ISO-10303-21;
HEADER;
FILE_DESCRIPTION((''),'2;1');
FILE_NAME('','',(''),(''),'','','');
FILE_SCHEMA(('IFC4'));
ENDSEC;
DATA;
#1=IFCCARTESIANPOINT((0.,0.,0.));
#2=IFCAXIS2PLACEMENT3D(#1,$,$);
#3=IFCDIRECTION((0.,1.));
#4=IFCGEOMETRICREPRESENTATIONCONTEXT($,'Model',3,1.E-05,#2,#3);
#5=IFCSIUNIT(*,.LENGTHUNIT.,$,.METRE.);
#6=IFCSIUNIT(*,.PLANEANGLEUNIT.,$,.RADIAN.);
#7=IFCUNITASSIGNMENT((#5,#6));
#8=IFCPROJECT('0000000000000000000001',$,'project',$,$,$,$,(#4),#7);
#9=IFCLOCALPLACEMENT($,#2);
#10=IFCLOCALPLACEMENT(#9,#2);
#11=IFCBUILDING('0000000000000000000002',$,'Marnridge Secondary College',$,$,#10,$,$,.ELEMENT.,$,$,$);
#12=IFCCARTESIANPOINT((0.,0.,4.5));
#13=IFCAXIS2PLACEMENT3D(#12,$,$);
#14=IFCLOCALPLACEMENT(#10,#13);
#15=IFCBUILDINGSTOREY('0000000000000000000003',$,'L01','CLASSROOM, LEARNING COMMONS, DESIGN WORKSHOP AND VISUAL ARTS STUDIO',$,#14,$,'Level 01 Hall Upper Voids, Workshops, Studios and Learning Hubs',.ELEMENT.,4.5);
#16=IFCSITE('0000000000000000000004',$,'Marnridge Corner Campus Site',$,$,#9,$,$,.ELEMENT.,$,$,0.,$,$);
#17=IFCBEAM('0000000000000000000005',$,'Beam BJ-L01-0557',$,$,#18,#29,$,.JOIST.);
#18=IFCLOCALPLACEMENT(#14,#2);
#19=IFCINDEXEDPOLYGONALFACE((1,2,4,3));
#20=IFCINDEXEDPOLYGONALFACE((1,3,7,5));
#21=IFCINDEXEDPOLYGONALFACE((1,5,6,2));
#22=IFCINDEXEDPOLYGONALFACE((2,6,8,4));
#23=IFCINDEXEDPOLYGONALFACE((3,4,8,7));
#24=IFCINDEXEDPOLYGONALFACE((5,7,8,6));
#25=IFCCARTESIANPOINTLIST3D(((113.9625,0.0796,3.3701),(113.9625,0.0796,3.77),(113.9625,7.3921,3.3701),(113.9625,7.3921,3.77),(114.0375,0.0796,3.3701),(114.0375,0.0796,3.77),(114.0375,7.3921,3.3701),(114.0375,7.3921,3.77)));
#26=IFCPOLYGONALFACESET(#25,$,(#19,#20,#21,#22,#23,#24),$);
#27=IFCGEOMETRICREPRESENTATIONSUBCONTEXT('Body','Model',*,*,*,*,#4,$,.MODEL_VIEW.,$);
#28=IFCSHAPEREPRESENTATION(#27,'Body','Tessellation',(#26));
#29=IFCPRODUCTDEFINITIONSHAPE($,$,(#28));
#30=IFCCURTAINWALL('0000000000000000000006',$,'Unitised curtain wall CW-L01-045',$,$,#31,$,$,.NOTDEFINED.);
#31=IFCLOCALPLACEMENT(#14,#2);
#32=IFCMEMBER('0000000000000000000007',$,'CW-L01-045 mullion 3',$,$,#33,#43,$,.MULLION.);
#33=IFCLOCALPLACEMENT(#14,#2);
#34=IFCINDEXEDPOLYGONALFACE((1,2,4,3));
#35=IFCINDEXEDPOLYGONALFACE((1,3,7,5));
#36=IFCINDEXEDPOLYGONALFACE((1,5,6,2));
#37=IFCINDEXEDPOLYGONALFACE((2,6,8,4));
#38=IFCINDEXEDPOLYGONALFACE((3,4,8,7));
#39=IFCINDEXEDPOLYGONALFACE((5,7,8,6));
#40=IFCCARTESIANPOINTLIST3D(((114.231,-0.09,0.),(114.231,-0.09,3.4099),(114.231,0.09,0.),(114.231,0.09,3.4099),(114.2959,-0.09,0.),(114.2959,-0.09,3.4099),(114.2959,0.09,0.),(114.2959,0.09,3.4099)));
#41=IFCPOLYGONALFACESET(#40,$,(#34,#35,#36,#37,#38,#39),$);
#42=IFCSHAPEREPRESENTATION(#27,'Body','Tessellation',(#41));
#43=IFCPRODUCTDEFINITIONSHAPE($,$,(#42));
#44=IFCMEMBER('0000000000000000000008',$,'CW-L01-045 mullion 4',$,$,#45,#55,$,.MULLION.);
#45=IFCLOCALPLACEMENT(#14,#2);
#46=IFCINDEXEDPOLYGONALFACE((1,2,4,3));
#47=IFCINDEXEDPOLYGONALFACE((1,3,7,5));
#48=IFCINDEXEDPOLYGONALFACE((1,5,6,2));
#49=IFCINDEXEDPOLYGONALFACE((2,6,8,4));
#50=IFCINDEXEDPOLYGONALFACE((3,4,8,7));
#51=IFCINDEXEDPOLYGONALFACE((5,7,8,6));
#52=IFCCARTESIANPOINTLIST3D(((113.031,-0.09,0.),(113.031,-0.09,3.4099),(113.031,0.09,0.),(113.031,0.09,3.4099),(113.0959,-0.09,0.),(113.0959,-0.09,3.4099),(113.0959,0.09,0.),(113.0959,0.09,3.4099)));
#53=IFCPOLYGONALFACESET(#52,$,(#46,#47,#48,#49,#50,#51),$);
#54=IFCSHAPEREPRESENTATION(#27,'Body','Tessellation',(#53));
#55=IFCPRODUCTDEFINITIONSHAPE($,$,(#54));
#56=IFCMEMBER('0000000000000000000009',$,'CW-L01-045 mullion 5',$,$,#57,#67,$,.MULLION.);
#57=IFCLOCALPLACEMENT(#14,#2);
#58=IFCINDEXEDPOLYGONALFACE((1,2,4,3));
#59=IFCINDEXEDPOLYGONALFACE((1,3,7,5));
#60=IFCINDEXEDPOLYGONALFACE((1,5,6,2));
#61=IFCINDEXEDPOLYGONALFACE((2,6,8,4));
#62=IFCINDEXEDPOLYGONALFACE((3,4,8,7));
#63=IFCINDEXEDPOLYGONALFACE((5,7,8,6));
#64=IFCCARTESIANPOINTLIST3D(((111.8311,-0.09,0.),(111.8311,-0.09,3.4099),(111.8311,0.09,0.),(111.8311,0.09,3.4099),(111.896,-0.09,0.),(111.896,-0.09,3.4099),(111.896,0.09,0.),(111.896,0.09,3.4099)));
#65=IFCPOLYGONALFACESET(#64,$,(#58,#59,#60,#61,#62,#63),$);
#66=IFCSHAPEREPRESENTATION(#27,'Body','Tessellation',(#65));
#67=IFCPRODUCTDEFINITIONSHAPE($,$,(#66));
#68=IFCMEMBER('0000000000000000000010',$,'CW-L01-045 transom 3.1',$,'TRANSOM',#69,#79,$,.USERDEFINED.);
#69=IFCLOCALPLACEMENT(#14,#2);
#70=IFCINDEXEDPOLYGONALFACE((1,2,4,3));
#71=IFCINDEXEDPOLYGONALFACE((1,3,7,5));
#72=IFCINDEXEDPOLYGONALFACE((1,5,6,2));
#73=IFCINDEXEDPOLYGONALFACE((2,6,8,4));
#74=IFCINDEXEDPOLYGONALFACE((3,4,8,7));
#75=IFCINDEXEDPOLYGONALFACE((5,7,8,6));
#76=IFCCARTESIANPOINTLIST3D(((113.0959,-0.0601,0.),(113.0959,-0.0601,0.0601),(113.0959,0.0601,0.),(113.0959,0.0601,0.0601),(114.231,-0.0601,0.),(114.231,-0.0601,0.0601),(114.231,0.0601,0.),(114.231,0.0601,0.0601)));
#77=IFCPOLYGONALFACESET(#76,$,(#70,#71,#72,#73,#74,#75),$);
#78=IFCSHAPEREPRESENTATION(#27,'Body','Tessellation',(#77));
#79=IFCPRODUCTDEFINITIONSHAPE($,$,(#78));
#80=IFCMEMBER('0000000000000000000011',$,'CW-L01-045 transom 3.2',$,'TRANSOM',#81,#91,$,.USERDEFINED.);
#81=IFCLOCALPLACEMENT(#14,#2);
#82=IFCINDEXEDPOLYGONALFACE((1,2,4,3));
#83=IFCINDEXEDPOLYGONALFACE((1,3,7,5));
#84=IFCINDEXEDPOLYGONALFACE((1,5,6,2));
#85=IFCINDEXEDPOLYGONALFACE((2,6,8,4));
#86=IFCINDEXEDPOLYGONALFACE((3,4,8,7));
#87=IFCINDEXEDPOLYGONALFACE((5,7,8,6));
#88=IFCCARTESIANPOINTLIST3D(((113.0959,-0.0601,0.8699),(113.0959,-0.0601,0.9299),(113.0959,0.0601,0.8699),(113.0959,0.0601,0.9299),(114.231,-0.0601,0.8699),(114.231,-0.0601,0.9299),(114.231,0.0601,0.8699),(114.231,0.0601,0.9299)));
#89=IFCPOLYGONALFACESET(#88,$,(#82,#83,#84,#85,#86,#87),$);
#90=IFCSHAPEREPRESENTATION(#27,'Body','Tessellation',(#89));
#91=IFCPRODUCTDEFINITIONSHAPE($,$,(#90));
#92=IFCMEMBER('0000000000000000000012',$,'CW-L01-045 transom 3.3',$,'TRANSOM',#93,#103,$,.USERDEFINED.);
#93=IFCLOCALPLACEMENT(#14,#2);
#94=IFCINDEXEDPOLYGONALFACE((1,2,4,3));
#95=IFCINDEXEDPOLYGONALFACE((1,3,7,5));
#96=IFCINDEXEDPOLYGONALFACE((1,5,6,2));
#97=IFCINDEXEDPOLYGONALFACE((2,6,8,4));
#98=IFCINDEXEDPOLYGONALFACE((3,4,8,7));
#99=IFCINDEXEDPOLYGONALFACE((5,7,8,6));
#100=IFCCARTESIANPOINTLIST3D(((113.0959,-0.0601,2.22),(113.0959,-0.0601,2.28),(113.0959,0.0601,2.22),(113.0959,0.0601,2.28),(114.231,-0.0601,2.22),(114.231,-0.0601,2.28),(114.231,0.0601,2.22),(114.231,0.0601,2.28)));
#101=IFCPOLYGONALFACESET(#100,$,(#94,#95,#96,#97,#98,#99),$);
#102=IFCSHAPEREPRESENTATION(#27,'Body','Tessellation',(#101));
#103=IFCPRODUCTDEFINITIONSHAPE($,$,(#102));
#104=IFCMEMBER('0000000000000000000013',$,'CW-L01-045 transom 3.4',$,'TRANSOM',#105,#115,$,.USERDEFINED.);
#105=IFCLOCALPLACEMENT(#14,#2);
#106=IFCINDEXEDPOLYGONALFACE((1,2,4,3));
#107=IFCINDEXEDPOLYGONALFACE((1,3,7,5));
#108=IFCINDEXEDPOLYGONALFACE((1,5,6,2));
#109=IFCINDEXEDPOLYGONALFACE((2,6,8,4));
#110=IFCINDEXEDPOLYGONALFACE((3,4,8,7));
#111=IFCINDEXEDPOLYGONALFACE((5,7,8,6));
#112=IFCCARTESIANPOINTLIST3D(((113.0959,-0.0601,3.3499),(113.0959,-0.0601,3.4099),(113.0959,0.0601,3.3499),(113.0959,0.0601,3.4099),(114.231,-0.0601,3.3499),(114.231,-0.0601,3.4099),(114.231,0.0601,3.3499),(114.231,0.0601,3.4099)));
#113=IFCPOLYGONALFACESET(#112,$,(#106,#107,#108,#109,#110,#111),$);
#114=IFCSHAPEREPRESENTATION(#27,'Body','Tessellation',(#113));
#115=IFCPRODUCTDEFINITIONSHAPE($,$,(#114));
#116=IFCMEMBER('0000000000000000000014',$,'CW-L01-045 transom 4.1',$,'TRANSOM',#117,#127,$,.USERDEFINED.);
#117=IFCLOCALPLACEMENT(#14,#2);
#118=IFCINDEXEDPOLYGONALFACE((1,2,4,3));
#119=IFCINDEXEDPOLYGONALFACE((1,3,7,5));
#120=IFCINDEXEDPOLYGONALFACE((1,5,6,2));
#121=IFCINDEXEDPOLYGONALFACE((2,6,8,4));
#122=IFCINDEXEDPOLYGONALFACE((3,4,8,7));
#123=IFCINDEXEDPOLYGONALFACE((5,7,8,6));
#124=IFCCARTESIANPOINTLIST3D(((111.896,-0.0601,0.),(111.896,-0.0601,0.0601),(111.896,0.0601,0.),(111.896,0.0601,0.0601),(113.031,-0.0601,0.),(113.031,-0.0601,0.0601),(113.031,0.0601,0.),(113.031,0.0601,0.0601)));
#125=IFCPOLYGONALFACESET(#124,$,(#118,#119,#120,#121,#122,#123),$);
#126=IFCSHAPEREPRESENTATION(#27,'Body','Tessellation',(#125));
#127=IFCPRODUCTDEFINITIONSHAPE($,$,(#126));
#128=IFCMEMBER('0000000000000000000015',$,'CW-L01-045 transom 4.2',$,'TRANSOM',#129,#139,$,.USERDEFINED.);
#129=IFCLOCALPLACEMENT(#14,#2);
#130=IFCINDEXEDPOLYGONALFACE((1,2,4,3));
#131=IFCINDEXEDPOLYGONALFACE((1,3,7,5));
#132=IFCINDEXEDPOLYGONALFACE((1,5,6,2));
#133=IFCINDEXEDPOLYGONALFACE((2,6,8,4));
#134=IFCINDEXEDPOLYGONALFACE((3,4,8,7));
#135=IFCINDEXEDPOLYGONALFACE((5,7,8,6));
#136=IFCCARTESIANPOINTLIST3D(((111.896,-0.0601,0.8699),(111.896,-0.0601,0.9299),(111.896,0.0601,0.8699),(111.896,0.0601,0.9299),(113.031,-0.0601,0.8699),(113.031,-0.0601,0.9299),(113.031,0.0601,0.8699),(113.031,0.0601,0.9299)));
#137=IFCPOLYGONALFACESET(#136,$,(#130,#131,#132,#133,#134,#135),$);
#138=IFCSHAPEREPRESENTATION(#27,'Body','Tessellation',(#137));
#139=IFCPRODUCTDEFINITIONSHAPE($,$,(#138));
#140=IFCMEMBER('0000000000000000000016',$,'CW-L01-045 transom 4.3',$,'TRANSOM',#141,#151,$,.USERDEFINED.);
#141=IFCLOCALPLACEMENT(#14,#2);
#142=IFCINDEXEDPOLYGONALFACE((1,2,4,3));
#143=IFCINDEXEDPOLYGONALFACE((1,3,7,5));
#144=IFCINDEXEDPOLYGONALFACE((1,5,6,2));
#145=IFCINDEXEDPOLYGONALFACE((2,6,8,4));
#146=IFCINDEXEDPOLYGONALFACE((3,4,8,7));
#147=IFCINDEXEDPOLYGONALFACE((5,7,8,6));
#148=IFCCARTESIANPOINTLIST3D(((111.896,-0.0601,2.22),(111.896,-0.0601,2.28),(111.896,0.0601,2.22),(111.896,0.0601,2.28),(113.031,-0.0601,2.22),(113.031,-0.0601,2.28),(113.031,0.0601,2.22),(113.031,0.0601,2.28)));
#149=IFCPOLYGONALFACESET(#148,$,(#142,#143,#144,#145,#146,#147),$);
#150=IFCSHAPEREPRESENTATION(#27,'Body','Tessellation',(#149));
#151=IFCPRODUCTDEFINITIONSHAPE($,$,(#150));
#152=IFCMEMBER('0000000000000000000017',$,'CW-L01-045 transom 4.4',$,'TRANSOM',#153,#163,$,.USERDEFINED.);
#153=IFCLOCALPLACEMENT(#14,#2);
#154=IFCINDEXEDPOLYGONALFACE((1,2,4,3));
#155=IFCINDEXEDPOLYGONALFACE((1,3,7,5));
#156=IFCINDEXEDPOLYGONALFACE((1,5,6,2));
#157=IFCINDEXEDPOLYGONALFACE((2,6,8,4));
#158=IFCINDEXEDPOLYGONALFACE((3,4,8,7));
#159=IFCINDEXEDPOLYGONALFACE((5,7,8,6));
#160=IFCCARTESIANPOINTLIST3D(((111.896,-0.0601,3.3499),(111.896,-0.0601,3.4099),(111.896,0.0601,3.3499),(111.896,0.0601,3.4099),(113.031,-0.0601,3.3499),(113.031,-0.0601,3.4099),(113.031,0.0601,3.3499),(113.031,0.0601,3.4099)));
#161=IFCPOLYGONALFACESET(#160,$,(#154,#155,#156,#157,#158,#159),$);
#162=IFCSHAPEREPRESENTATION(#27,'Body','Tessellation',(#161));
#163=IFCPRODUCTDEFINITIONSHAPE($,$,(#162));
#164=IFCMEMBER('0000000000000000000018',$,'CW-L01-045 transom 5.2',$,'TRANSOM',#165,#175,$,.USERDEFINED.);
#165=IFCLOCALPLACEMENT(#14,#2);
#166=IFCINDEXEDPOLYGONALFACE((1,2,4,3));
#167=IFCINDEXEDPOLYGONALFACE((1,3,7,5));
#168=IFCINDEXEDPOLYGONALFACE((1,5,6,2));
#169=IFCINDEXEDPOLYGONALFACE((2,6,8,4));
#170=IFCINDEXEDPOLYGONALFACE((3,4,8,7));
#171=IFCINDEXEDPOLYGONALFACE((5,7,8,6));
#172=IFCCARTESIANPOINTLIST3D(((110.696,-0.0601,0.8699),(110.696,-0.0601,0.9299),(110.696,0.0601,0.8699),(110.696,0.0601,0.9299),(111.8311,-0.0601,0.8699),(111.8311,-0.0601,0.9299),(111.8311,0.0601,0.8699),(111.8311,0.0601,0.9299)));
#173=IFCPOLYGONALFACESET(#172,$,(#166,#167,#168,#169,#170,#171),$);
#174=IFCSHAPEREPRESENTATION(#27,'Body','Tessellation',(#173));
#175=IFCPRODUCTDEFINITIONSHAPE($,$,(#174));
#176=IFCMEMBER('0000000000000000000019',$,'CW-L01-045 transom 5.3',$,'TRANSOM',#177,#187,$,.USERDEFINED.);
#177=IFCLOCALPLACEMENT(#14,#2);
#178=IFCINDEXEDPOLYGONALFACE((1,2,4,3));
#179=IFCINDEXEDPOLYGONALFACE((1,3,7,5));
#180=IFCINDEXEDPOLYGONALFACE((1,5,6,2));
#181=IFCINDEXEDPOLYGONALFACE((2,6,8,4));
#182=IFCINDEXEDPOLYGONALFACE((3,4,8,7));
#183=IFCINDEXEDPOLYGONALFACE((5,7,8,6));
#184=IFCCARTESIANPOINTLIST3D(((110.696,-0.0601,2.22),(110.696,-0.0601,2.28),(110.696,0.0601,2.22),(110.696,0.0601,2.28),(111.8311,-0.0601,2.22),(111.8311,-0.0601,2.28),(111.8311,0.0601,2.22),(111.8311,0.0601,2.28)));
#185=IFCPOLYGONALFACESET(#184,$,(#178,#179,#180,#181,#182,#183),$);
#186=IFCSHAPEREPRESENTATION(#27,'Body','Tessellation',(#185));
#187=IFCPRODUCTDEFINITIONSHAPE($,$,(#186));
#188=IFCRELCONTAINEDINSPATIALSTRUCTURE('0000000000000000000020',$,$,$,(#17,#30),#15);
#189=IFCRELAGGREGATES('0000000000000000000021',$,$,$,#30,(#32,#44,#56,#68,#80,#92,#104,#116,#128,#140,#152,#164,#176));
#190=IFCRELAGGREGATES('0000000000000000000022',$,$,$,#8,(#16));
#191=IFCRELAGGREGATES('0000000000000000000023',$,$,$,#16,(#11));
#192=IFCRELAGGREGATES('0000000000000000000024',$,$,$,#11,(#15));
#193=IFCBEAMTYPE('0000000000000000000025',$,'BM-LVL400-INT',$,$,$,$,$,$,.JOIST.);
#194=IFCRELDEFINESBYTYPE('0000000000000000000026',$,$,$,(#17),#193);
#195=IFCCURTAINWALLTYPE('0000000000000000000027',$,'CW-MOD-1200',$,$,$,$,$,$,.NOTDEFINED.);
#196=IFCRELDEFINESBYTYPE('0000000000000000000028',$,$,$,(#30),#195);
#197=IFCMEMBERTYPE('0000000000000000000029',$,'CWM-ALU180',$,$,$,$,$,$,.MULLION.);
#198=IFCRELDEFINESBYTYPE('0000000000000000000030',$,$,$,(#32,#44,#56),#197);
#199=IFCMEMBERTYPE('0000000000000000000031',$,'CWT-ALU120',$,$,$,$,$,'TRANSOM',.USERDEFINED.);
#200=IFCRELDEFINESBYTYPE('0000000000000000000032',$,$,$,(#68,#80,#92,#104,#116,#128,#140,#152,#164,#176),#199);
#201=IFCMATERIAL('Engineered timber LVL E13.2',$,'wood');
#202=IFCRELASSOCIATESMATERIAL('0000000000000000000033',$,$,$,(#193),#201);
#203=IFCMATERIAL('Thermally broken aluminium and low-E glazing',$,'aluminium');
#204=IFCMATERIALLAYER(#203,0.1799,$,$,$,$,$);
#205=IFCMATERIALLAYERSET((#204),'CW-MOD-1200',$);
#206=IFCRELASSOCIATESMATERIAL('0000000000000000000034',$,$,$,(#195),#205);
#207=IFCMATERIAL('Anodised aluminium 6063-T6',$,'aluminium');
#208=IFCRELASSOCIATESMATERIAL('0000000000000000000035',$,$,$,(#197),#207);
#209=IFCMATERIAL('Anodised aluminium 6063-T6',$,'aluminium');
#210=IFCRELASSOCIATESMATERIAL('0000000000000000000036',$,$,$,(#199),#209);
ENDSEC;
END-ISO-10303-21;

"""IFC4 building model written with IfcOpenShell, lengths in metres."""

from ifc_helpers import new_model, si_unit, direction, frame, origin, origin_2d, place, context, subcontext, project, spatial, rectangle, extrude, material, layer, layer_set, material_profile, profile_set, type_object, element, aggregate, save


model = new_model("IFC4")

# Units and contexts
model_context = context("Model", 3, precision=1e-05, world=origin(), true_north=direction((0.0, 1.0)))
body_context = subcontext(model_context, "Body", "Model", "MODEL_VIEW")
ifc_project = project(units=[si_unit("LENGTHUNIT", "METRE"), si_unit("PLANEANGLEUNIT", "RADIAN")], contexts=[model_context])

# Site, building, storey
site_placement = place(None, origin())
site = spatial("IfcSite", under=ifc_project, at=site_placement, Name="Marnridge Corner Campus Site", CompositionType="ELEMENT", RefElevation=0.0)
building_placement = place(site_placement, origin())
building = spatial("IfcBuilding", under=site, at=building_placement, Name="Marnridge Secondary College", CompositionType="ELEMENT")
storey_placement = place(building_placement, frame((0.0, 0.0, 4.5)))
storey = spatial("IfcBuildingStorey", under=building, at=storey_placement, Name="L01", Description="CLASSROOM, LEARNING COMMONS, DESIGN WORKSHOP AND VISUAL ARTS STUDIO", LongName="Level 01 Hall Upper Voids, Workshops, Studios and Learning Hubs", CompositionType="ELEMENT", Elevation=4.5)

# Beam
ifc_material_1 = material(Name="Engineered timber LVL E13.2", Category="wood")
ifc_material_profile_1 = material_profile(ifc_material_1, rectangle(XDim=0.075, YDim=0.3999, at=origin_2d()), Name="LVL 75x400")
ifc_profile_set_1 = profile_set([ifc_material_profile_1], Name="Engineered timber LVL E13.2")
beam_type = type_object("IfcBeamType", Name="BM-LVL400-INT", PredefinedType="JOIST", material=ifc_profile_set_1)
beam_placement = place(storey_placement, frame((114.0, 0.0796, 3.5701), z_axis=(0.0, 1.0, 0.0), x_axis=(-1.0, 0.0, 0.0)))
element("IfcBeam", 1, at=beam_placement, inside=storey, type_object=beam_type, Name="Beam BJ-L01-0557", PredefinedType="JOIST", context=body_context, shape_type="SweptSolid", body=[
    extrude(rectangle(XDim=0.075, YDim=0.3999, at=origin_2d()), origin(), (0.0, 0.0, 1.0), 7.3125),
])

# Curtain wall, members
ifc_material_2 = material(Name="Thermally broken aluminium and low-E glazing", Category="aluminium")
ifc_layer_1 = layer(ifc_material_2, 0.1799)
ifc_layer_set_1 = layer_set([ifc_layer_1], Name="CW-MOD-1200")
curtain_wall_type = type_object("IfcCurtainWallType", Name="CW-MOD-1200", PredefinedType="NOTDEFINED", material=ifc_layer_set_1)
curtain_wall_placement = place(storey_placement, origin())
curtain_wall = element("IfcCurtainWall", 2, at=curtain_wall_placement, inside=storey, type_object=curtain_wall_type, Name="Unitised curtain wall CW-L01-045", PredefinedType="NOTDEFINED")
ifc_material_3 = material(Name="Anodised aluminium 6063-T6", Category="aluminium")
ifc_material_profile_2 = material_profile(ifc_material_3, rectangle(XDim=0.0649, YDim=0.1799, at=origin_2d()), Name="ALU 65x180")
ifc_profile_set_2 = profile_set([ifc_material_profile_2], Name="Anodised aluminium 6063-T6")
member_type_1 = type_object("IfcMemberType", Name="CWM-ALU180", PredefinedType="MULLION", material=ifc_profile_set_2)
member_1_placement = place(storey_placement, frame((114.2634, 0.0, 0.0), z_axis=(0.0, 0.0, 1.0), x_axis=(-1.0, 0.0, 0.0)))
member_1 = element("IfcMember", 3, at=member_1_placement, type_object=member_type_1, Name="CW-L01-045 mullion 3", PredefinedType="MULLION", context=body_context, shape_type="SweptSolid", body=[
    extrude(rectangle(XDim=0.0649, YDim=0.1799, at=origin_2d()), origin(), (0.0, 0.0, 1.0), 3.4099),
])
member_2_placement = place(storey_placement, frame((113.0635, 0.0, 0.0), z_axis=(0.0, 0.0, 1.0), x_axis=(-1.0, 0.0, 0.0)))
member_2 = element("IfcMember", 4, at=member_2_placement, type_object=member_type_1, Name="CW-L01-045 mullion 4", PredefinedType="MULLION", context=body_context, shape_type="SweptSolid", body=[
    extrude(rectangle(XDim=0.0649, YDim=0.1799, at=origin_2d()), origin(), (0.0, 0.0, 1.0), 3.4099),
])
member_3_placement = place(storey_placement, frame((111.8635, 0.0, 0.0), z_axis=(0.0, 0.0, 1.0), x_axis=(-1.0, 0.0, 0.0)))
member_3 = element("IfcMember", 5, at=member_3_placement, type_object=member_type_1, Name="CW-L01-045 mullion 5", PredefinedType="MULLION", context=body_context, shape_type="SweptSolid", body=[
    extrude(rectangle(XDim=0.0649, YDim=0.1799, at=origin_2d()), origin(), (0.0, 0.0, 1.0), 3.4099),
])
ifc_material_4 = material(Name="Anodised aluminium 6063-T6", Category="aluminium")
ifc_material_profile_3 = material_profile(ifc_material_4, rectangle(XDim=0.0601, YDim=0.1201, at=origin_2d()), Name="ALU 60x120")
ifc_profile_set_3 = profile_set([ifc_material_profile_3], Name="Anodised aluminium 6063-T6")
member_type_2 = type_object("IfcMemberType", Name="CWT-ALU120", ElementType="TRANSOM", PredefinedType="USERDEFINED", material=ifc_profile_set_3)
member_4_placement = place(storey_placement, frame((114.231, 0.0, 0.03), z_axis=(-1.0, 0.0, 0.0), x_axis=(0.0, 0.0, 1.0)))
member_4 = element("IfcMember", 6, at=member_4_placement, type_object=member_type_2, Name="CW-L01-045 transom 3.1", ObjectType="TRANSOM", PredefinedType="USERDEFINED", context=body_context, shape_type="SweptSolid", body=[
    extrude(rectangle(XDim=0.0601, YDim=0.1201, at=origin_2d()), origin(), (0.0, 0.0, 1.0), 1.135),
])
member_5_placement = place(storey_placement, frame((114.231, 0.0, 0.8999), z_axis=(-1.0, 0.0, 0.0), x_axis=(0.0, 0.0, 1.0)))
member_5 = element("IfcMember", 7, at=member_5_placement, type_object=member_type_2, Name="CW-L01-045 transom 3.2", ObjectType="TRANSOM", PredefinedType="USERDEFINED", context=body_context, shape_type="SweptSolid", body=[
    extrude(rectangle(XDim=0.0601, YDim=0.1201, at=origin_2d()), origin(), (0.0, 0.0, 1.0), 1.135),
])
member_6_placement = place(storey_placement, frame((114.231, 0.0, 2.25), z_axis=(-1.0, 0.0, 0.0), x_axis=(0.0, 0.0, 1.0)))
member_6 = element("IfcMember", 8, at=member_6_placement, type_object=member_type_2, Name="CW-L01-045 transom 3.3", ObjectType="TRANSOM", PredefinedType="USERDEFINED", context=body_context, shape_type="SweptSolid", body=[
    extrude(rectangle(XDim=0.0601, YDim=0.1201, at=origin_2d()), origin(), (0.0, 0.0, 1.0), 1.135),
])
member_7_placement = place(storey_placement, frame((114.231, 0.0, 3.3799), z_axis=(-1.0, 0.0, 0.0), x_axis=(0.0, 0.0, 1.0)))
member_7 = element("IfcMember", 9, at=member_7_placement, type_object=member_type_2, Name="CW-L01-045 transom 3.4", ObjectType="TRANSOM", PredefinedType="USERDEFINED", context=body_context, shape_type="SweptSolid", body=[
    extrude(rectangle(XDim=0.0601, YDim=0.1201, at=origin_2d()), origin(), (0.0, 0.0, 1.0), 1.135),
])
member_8_placement = place(storey_placement, frame((113.031, 0.0, 0.03), z_axis=(-1.0, 0.0, 0.0), x_axis=(0.0, 0.0, 1.0)))
member_8 = element("IfcMember", 10, at=member_8_placement, type_object=member_type_2, Name="CW-L01-045 transom 4.1", ObjectType="TRANSOM", PredefinedType="USERDEFINED", context=body_context, shape_type="SweptSolid", body=[
    extrude(rectangle(XDim=0.0601, YDim=0.1201, at=origin_2d()), origin(), (0.0, 0.0, 1.0), 1.135),
])
member_9_placement = place(storey_placement, frame((113.031, 0.0, 0.8999), z_axis=(-1.0, 0.0, 0.0), x_axis=(0.0, 0.0, 1.0)))
member_9 = element("IfcMember", 11, at=member_9_placement, type_object=member_type_2, Name="CW-L01-045 transom 4.2", ObjectType="TRANSOM", PredefinedType="USERDEFINED", context=body_context, shape_type="SweptSolid", body=[
    extrude(rectangle(XDim=0.0601, YDim=0.1201, at=origin_2d()), origin(), (0.0, 0.0, 1.0), 1.135),
])
member_10_placement = place(storey_placement, frame((113.031, 0.0, 2.25), z_axis=(-1.0, 0.0, 0.0), x_axis=(0.0, 0.0, 1.0)))
member_10 = element("IfcMember", 12, at=member_10_placement, type_object=member_type_2, Name="CW-L01-045 transom 4.3", ObjectType="TRANSOM", PredefinedType="USERDEFINED", context=body_context, shape_type="SweptSolid", body=[
    extrude(rectangle(XDim=0.0601, YDim=0.1201, at=origin_2d()), origin(), (0.0, 0.0, 1.0), 1.135),
])
member_11_placement = place(storey_placement, frame((113.031, 0.0, 3.3799), z_axis=(-1.0, 0.0, 0.0), x_axis=(0.0, 0.0, 1.0)))
member_11 = element("IfcMember", 13, at=member_11_placement, type_object=member_type_2, Name="CW-L01-045 transom 4.4", ObjectType="TRANSOM", PredefinedType="USERDEFINED", context=body_context, shape_type="SweptSolid", body=[
    extrude(rectangle(XDim=0.0601, YDim=0.1201, at=origin_2d()), origin(), (0.0, 0.0, 1.0), 1.135),
])
member_12_placement = place(storey_placement, frame((111.8311, 0.0, 0.8999), z_axis=(-1.0, 0.0, 0.0), x_axis=(0.0, 0.0, 1.0)))
member_12 = element("IfcMember", 14, at=member_12_placement, type_object=member_type_2, Name="CW-L01-045 transom 5.2", ObjectType="TRANSOM", PredefinedType="USERDEFINED", context=body_context, shape_type="SweptSolid", body=[
    extrude(rectangle(XDim=0.0601, YDim=0.1201, at=origin_2d()), origin(), (0.0, 0.0, 1.0), 1.135),
])
member_13_placement = place(storey_placement, frame((111.8311, 0.0, 2.25), z_axis=(-1.0, 0.0, 0.0), x_axis=(0.0, 0.0, 1.0)))
member_13 = element("IfcMember", 15, at=member_13_placement, type_object=member_type_2, Name="CW-L01-045 transom 5.3", ObjectType="TRANSOM", PredefinedType="USERDEFINED", context=body_context, shape_type="SweptSolid", body=[
    extrude(rectangle(XDim=0.0601, YDim=0.1201, at=origin_2d()), origin(), (0.0, 0.0, 1.0), 1.135),
])
aggregate(curtain_wall, [member_1, member_2, member_3, member_4, member_5, member_6, member_7, member_8, member_9, member_10, member_11, member_12, member_13])

save(model, "model.ifc")
